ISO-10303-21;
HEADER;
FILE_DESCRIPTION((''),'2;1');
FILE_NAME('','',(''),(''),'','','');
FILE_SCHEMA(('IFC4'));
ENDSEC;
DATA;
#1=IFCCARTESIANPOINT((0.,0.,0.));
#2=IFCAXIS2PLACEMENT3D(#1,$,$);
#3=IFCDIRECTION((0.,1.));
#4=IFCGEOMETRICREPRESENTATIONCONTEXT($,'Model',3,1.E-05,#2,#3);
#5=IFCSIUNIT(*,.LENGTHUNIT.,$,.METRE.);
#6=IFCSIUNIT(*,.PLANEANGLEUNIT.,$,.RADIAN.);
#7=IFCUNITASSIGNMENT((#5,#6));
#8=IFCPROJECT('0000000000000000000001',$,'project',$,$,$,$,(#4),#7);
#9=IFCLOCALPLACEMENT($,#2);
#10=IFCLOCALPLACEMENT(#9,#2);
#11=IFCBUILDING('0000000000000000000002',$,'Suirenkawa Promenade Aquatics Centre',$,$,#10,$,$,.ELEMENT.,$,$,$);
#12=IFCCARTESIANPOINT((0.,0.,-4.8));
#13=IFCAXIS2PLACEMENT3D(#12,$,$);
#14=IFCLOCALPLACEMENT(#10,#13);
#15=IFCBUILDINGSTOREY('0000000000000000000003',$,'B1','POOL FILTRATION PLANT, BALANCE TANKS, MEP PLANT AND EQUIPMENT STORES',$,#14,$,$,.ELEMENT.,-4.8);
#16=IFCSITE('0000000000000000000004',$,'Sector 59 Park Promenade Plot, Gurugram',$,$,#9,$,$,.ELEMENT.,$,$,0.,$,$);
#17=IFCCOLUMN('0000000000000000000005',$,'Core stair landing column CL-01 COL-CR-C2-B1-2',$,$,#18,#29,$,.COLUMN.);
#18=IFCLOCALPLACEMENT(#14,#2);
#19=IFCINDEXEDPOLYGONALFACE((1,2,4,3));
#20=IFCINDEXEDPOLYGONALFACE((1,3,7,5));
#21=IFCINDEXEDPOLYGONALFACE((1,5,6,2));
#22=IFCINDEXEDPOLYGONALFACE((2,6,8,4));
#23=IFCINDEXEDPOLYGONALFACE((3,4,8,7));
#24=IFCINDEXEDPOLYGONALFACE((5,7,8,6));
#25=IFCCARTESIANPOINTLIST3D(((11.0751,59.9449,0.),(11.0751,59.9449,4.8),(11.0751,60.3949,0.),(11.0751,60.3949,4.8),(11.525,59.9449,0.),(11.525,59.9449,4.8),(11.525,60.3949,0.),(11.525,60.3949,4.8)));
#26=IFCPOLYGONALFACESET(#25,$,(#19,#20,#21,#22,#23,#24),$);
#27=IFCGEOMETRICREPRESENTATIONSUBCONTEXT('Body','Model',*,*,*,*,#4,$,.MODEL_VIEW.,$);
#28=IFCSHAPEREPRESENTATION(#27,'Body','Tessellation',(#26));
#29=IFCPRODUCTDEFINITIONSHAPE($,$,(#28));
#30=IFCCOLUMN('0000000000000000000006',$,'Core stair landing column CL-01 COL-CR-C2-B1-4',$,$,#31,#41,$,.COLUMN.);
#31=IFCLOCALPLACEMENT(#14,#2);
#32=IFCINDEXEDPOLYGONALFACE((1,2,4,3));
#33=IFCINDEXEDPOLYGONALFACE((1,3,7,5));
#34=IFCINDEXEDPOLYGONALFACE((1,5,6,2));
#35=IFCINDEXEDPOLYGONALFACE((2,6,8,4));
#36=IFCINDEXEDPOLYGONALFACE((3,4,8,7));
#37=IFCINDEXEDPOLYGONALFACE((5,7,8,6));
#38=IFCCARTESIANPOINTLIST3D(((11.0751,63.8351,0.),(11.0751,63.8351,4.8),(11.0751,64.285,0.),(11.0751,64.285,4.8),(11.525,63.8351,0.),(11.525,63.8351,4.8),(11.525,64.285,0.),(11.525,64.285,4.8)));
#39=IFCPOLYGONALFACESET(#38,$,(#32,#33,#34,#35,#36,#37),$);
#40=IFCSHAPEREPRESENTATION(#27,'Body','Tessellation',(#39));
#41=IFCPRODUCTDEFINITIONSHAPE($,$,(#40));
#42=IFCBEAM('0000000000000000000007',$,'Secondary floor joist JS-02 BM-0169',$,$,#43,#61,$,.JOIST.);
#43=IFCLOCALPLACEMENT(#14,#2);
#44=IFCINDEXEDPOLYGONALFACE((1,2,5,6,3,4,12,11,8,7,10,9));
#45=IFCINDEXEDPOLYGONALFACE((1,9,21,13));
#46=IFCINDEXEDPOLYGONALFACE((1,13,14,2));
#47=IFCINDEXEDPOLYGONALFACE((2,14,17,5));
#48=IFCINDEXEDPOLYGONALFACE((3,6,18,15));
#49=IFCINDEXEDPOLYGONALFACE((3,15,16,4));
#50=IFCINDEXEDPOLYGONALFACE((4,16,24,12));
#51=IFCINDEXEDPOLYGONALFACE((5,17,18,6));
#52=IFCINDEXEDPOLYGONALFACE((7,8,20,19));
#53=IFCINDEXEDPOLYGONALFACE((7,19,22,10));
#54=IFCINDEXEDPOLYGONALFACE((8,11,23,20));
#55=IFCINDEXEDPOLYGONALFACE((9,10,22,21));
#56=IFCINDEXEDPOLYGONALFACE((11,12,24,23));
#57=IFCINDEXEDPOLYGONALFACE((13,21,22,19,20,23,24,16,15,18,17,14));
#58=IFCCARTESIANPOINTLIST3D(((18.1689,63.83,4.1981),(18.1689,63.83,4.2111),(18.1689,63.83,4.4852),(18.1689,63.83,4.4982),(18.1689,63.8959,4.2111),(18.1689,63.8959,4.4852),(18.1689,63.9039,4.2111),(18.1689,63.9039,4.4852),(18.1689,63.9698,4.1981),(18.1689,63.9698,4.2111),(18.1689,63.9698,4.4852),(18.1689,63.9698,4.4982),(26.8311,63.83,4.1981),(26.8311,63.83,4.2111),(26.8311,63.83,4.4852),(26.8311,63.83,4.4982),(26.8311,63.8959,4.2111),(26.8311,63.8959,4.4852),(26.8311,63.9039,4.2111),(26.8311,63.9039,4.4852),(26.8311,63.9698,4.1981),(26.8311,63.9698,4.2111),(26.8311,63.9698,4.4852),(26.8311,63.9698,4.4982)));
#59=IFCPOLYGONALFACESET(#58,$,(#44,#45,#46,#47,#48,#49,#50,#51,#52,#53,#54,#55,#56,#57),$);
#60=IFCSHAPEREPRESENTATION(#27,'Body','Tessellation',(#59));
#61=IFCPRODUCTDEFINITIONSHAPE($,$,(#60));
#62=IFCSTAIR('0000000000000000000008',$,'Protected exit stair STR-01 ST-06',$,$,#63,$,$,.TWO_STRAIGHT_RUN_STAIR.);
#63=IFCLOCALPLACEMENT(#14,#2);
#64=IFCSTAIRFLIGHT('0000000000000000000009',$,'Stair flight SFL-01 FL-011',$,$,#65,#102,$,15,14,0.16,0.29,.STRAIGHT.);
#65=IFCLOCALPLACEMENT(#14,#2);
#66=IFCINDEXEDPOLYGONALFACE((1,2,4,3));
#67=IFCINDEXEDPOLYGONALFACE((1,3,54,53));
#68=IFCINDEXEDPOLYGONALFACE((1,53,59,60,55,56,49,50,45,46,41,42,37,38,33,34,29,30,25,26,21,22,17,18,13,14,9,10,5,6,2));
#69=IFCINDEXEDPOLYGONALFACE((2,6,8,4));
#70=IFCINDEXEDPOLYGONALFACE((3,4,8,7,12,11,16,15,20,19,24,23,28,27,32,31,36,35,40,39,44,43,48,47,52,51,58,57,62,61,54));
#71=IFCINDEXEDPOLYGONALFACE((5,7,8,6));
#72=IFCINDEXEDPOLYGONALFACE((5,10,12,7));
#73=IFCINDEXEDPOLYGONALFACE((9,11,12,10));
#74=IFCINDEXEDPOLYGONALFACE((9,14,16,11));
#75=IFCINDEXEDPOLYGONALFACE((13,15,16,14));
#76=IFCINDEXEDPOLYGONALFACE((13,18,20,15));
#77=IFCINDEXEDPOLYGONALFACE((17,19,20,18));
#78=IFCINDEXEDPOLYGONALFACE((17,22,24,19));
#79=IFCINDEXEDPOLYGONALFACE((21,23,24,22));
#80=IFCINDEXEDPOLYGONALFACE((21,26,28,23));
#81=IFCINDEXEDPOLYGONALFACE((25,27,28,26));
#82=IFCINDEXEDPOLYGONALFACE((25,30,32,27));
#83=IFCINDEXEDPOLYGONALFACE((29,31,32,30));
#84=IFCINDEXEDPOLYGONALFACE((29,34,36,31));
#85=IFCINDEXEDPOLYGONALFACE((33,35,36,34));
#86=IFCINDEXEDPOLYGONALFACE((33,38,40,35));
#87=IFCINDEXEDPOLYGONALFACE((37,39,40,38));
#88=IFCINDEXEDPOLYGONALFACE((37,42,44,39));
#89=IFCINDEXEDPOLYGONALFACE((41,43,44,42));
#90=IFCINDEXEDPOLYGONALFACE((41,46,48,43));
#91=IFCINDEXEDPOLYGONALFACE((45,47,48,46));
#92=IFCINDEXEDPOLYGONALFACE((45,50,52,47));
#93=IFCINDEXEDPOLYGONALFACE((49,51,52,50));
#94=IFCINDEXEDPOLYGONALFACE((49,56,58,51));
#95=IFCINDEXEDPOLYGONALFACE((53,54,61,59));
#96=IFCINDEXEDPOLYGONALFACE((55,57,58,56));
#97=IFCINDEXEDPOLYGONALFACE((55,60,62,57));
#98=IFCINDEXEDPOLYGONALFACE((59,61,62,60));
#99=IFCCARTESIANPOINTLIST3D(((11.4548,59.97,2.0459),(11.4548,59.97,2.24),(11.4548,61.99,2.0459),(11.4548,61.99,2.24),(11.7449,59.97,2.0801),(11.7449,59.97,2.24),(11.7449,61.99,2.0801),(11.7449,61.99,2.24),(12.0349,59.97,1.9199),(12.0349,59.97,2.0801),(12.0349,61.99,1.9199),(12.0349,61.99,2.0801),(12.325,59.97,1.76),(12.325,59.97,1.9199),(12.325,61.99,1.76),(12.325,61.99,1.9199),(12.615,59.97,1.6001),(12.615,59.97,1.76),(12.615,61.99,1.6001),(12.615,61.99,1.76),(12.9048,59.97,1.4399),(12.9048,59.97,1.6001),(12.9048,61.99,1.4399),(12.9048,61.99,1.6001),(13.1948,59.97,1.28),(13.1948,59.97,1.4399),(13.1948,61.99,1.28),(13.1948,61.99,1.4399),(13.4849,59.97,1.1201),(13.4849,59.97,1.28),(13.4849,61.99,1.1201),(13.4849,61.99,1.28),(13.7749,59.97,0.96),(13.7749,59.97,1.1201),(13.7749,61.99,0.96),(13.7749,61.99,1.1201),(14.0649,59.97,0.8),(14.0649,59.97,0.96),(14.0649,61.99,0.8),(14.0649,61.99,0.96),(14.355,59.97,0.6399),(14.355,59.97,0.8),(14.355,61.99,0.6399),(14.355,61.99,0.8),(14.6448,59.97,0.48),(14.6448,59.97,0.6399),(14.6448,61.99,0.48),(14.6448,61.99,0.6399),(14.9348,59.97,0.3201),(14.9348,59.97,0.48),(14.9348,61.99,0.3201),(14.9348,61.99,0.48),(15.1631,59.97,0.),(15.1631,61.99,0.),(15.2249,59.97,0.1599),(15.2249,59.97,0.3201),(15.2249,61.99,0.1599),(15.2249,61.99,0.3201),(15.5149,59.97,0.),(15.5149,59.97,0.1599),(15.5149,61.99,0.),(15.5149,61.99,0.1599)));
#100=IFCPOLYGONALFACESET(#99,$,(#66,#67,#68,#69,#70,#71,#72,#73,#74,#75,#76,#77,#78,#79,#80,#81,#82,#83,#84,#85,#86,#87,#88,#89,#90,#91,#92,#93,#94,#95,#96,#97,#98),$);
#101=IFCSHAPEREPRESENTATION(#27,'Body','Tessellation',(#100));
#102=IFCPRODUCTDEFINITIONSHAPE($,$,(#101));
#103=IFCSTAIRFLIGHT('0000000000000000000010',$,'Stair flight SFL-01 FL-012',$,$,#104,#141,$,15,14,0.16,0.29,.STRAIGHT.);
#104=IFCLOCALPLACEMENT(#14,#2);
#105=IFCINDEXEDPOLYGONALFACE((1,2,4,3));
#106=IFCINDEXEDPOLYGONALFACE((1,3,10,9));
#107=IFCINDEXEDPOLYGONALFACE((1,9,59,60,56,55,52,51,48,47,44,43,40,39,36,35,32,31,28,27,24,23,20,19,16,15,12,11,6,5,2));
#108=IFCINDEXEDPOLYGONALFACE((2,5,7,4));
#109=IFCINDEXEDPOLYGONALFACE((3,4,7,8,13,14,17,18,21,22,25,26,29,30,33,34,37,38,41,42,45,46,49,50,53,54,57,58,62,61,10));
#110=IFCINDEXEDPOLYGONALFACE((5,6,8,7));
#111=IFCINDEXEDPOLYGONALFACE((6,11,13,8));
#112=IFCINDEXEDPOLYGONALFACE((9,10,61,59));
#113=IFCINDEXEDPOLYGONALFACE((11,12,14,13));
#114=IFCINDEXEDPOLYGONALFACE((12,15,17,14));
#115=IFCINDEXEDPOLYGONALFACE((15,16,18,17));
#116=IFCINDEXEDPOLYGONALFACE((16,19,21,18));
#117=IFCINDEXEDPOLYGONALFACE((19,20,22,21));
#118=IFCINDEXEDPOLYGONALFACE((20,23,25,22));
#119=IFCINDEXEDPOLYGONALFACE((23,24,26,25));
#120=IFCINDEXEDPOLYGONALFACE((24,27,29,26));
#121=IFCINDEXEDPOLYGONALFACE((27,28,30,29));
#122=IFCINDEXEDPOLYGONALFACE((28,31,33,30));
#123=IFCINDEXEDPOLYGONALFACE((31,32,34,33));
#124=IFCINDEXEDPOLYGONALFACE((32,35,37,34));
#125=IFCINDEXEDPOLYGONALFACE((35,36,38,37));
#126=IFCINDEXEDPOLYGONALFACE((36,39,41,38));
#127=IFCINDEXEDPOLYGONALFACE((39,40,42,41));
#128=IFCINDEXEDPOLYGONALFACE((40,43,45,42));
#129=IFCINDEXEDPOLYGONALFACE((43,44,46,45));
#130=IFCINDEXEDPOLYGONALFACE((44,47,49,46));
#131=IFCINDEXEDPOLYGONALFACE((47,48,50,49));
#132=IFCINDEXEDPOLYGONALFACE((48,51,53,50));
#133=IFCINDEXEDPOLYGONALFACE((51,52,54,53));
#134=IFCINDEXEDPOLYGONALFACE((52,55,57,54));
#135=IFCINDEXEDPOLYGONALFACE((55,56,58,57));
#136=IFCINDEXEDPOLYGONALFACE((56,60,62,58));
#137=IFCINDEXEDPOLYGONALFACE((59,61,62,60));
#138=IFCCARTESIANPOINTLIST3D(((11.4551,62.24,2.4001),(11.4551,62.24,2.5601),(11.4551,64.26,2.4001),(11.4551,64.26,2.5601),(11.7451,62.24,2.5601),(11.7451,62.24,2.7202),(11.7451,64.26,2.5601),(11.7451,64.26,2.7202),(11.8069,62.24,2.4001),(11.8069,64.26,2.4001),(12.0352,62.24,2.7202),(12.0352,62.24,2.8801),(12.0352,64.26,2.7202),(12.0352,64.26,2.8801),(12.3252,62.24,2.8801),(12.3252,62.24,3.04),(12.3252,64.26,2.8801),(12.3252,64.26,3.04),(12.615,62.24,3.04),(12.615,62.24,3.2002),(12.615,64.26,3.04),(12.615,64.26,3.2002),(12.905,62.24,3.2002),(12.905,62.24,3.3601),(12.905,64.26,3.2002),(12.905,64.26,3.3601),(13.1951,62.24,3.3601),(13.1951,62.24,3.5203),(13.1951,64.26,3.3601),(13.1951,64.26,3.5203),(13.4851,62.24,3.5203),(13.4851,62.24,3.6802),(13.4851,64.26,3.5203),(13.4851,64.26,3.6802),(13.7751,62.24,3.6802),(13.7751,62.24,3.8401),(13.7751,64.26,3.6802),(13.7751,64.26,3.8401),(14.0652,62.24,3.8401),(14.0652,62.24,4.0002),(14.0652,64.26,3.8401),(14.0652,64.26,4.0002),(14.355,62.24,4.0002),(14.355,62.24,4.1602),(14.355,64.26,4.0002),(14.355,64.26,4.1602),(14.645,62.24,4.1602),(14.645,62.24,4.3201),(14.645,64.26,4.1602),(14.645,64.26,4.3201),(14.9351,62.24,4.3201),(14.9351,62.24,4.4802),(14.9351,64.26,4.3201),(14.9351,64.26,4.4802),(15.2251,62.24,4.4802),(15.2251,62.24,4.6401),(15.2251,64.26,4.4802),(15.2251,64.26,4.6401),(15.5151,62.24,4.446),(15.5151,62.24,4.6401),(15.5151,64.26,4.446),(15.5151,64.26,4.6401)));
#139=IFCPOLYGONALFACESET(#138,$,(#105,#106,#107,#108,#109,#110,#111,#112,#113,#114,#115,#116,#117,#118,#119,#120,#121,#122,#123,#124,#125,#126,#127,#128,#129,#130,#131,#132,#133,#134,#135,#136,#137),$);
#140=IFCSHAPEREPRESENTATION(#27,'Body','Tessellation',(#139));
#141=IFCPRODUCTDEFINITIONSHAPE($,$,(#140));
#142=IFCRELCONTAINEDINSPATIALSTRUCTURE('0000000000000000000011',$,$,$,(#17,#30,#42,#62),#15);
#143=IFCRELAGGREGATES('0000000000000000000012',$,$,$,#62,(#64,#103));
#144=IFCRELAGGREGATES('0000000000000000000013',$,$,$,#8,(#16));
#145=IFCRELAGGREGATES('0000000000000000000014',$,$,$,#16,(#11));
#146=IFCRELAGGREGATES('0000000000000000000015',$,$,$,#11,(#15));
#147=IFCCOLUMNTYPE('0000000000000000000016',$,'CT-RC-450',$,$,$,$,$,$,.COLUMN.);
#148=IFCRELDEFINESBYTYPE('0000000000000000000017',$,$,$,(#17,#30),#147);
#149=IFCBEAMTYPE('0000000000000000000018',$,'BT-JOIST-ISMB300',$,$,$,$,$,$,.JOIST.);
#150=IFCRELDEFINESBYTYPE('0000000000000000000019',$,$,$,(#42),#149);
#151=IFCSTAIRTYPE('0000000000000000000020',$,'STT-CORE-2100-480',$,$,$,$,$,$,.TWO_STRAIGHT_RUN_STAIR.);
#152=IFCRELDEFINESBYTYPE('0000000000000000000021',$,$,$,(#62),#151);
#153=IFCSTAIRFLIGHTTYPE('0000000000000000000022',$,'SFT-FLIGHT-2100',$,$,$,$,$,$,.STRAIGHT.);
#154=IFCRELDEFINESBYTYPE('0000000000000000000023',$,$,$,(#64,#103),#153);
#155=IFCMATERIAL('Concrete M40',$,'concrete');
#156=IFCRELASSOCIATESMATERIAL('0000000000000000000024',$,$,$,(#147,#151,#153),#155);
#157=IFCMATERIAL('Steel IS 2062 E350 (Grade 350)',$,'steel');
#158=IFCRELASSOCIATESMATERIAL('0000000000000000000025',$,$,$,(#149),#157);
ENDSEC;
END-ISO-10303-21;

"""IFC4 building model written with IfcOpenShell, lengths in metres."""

from ifc_helpers import new_model, si_unit, direction, frame, origin, origin_2d, place, context, subcontext, project, spatial, polyline, rectangle, i_section, outline, extrude, material, material_profile, profile_set, type_object, element, aggregate, save


model = new_model("IFC4")

# Units and contexts
model_context = context("Model", 3, precision=1e-05, world=origin(), true_north=direction((0.0, 1.0)))
body_context = subcontext(model_context, "Body", "Model", "MODEL_VIEW")
ifc_project = project(units=[si_unit("LENGTHUNIT", "METRE"), si_unit("PLANEANGLEUNIT", "RADIAN")], contexts=[model_context])

# Site, building, storey
site_placement = place(None, origin())
site = spatial("IfcSite", under=ifc_project, at=site_placement, Name="Sector 59 Park Promenade Plot, Gurugram", CompositionType="ELEMENT", RefElevation=0.0)
building_placement = place(site_placement, origin())
building = spatial("IfcBuilding", under=site, at=building_placement, Name="Suirenkawa Promenade Aquatics Centre", CompositionType="ELEMENT")
storey_placement = place(building_placement, frame((0.0, 0.0, -4.8)))
storey = spatial("IfcBuildingStorey", under=building, at=storey_placement, Name="B1", Description="POOL FILTRATION PLANT, BALANCE TANKS, MEP PLANT AND EQUIPMENT STORES", CompositionType="ELEMENT", Elevation=-4.8)

# Columns
ifc_material_1 = material(Name="Concrete M40", Category="concrete")
ifc_material_profile_1 = material_profile(ifc_material_1, rectangle(XDim=0.45, YDim=0.45, at=origin_2d()), Name="RC COL 450x450", Category="concrete")
ifc_profile_set_1 = profile_set([ifc_material_profile_1], Name="Concrete M40")
column_type = type_object("IfcColumnType", Name="CT-RC-450", PredefinedType="COLUMN", material=ifc_profile_set_1)
for number, where, z_axis, x_axis, name in (
    (1, (11.3, 60.1699, 0.0), (0.0, 0.0, 1.0), (1.0, 0.0, 0.0), "Core stair landing column CL-01 COL-CR-C2-B1-2"),
    (2, (11.3, 64.0601, 0.0), (0.0, 0.0, 1.0), (1.0, 0.0, 0.0), "Core stair landing column CL-01 COL-CR-C2-B1-4"),
):
    element("IfcColumn", number, at=place(storey_placement, frame(where, z_axis=z_axis, x_axis=x_axis)), inside=storey, type_object=column_type, Name=name, PredefinedType="COLUMN", context=body_context, shape_type="SweptSolid", body=[
        extrude(rectangle(XDim=0.45, YDim=0.45, at=origin_2d()), origin(), (0.0, 0.0, 1.0), 4.8),
    ])

# Beam
ifc_material_2 = material(Name="Steel IS 2062 E350 (Grade 350)", Category="steel")
ifc_material_profile_2 = material_profile(ifc_material_2, i_section(OverallWidth=0.1399, OverallDepth=0.3, WebThickness=0.0081, FlangeThickness=0.0129, at=origin_2d()), Name="ISMB 300", Category="steel")
ifc_profile_set_2 = profile_set([ifc_material_profile_2], Name="Steel IS 2062 E350 (Grade 350)")
beam_type = type_object("IfcBeamType", Name="BT-JOIST-ISMB300", PredefinedType="JOIST", material=ifc_profile_set_2)
beam_placement = place(storey_placement, frame((18.1689, 63.8999, 4.3481), z_axis=(1.0, 0.0, 0.0), x_axis=(0.0, 1.0, 0.0)))
element("IfcBeam", 3, at=beam_placement, inside=storey, type_object=beam_type, Name="Secondary floor joist JS-02 BM-0169", PredefinedType="JOIST", context=body_context, shape_type="SweptSolid", body=[
    extrude(i_section(OverallWidth=0.1399, OverallDepth=0.3, WebThickness=0.0081, FlangeThickness=0.0129, at=origin_2d()), origin(), (0.0, 0.0, 1.0), 8.6621),
])

# Stair, stair flights
stair_type = type_object("IfcStairType", Name="STT-CORE-2100-480", PredefinedType="TWO_STRAIGHT_RUN_STAIR", material=ifc_material_1)
stair_placement = place(storey_placement, origin())
stair = element("IfcStair", 4, at=stair_placement, inside=storey, type_object=stair_type, Name="Protected exit stair STR-01 ST-06", PredefinedType="TWO_STRAIGHT_RUN_STAIR")
stair_flight_type = type_object("IfcStairFlightType", Name="SFT-FLIGHT-2100", PredefinedType="STRAIGHT", material=ifc_material_1)
stair_flight_1_placement = place(storey_placement, frame((15.5149, 60.98, 0.0), z_axis=(0.0, 0.0, 1.0), x_axis=(-1.0, 0.0, 0.0)))
stair_flight_1 = element("IfcStairFlight", 5, at=stair_flight_1_placement, type_object=stair_flight_type, Name="Stair flight SFL-01 FL-011", NumberOfRisers=15, NumberOfTreads=14, PredefinedType="STRAIGHT", RiserHeight=0.16, TreadLength=0.29, context=body_context, shape_type="SweptSolid", body=[
    extrude(outline(polyline([(0.0, 0.0), (0.0, 0.1599), (0.29, 0.1599), (0.29, 0.3201), (0.5801, 0.3201), (0.5801, 0.48), (0.8701, 0.48), (0.8701, 0.6399), (1.1599, 0.6399), (1.1599, 0.8), (1.45, 0.8), (1.45, 0.96), (1.74, 0.96), (1.74, 1.1201), (2.03, 1.1201), (2.03, 1.28), (2.3201, 1.28), (2.3201, 1.4399), (2.6101, 1.4399), (2.6101, 1.6001), (2.8999, 1.6001), (2.8999, 1.76), (3.1899, 1.76), (3.1899, 1.9199), (3.48, 1.9199), (3.48, 2.0801), (3.77, 2.0801), (3.77, 2.24), (4.0601, 2.24), (4.0601, 2.3999), (4.0601, 2.0459), (0.3518, 0.0), (0.0, 0.0)])), frame((0.0, 1.01, 0.0), z_axis=(0.0, -1.0, 0.0), x_axis=(1.0, 0.0, 0.0)), (0.0, 0.0, 1.0), 2.02),
])
stair_flight_2_placement = place(storey_placement, frame((11.4551, 63.25, 2.4001), z_axis=(0.0, 0.0, 1.0), x_axis=(1.0, 0.0, 0.0)))
stair_flight_2 = element("IfcStairFlight", 6, at=stair_flight_2_placement, type_object=stair_flight_type, Name="Stair flight SFL-01 FL-012", NumberOfRisers=15, NumberOfTreads=14, PredefinedType="STRAIGHT", RiserHeight=0.16, TreadLength=0.29, context=body_context, shape_type="SweptSolid", body=[
    extrude(outline(polyline([(0.0, 0.0), (0.0, 0.1599), (0.29, 0.1599), (0.29, 0.3201), (0.5801, 0.3201), (0.5801, 0.48), (0.8701, 0.48), (0.8701, 0.6399), (1.1599, 0.6399), (1.1599, 0.8), (1.45, 0.8), (1.45, 0.96), (1.74, 0.96), (1.74, 1.1201), (2.03, 1.1201), (2.03, 1.28), (2.3201, 1.28), (2.3201, 1.4399), (2.6101, 1.4399), (2.6101, 1.6001), (2.8999, 1.6001), (2.8999, 1.76), (3.1899, 1.76), (3.1899, 1.9199), (3.48, 1.9199), (3.48, 2.0801), (3.77, 2.0801), (3.77, 2.24), (4.0601, 2.24), (4.0601, 2.3999), (4.0601, 2.0459), (0.3518, 0.0), (0.0, 0.0)])), frame((0.0, 1.01, 0.0), z_axis=(0.0, -1.0, 0.0), x_axis=(1.0, 0.0, 0.0)), (0.0, 0.0, 1.0), 2.02),
])
aggregate(stair, [stair_flight_1, stair_flight_2])

save(model, "model.ifc")
